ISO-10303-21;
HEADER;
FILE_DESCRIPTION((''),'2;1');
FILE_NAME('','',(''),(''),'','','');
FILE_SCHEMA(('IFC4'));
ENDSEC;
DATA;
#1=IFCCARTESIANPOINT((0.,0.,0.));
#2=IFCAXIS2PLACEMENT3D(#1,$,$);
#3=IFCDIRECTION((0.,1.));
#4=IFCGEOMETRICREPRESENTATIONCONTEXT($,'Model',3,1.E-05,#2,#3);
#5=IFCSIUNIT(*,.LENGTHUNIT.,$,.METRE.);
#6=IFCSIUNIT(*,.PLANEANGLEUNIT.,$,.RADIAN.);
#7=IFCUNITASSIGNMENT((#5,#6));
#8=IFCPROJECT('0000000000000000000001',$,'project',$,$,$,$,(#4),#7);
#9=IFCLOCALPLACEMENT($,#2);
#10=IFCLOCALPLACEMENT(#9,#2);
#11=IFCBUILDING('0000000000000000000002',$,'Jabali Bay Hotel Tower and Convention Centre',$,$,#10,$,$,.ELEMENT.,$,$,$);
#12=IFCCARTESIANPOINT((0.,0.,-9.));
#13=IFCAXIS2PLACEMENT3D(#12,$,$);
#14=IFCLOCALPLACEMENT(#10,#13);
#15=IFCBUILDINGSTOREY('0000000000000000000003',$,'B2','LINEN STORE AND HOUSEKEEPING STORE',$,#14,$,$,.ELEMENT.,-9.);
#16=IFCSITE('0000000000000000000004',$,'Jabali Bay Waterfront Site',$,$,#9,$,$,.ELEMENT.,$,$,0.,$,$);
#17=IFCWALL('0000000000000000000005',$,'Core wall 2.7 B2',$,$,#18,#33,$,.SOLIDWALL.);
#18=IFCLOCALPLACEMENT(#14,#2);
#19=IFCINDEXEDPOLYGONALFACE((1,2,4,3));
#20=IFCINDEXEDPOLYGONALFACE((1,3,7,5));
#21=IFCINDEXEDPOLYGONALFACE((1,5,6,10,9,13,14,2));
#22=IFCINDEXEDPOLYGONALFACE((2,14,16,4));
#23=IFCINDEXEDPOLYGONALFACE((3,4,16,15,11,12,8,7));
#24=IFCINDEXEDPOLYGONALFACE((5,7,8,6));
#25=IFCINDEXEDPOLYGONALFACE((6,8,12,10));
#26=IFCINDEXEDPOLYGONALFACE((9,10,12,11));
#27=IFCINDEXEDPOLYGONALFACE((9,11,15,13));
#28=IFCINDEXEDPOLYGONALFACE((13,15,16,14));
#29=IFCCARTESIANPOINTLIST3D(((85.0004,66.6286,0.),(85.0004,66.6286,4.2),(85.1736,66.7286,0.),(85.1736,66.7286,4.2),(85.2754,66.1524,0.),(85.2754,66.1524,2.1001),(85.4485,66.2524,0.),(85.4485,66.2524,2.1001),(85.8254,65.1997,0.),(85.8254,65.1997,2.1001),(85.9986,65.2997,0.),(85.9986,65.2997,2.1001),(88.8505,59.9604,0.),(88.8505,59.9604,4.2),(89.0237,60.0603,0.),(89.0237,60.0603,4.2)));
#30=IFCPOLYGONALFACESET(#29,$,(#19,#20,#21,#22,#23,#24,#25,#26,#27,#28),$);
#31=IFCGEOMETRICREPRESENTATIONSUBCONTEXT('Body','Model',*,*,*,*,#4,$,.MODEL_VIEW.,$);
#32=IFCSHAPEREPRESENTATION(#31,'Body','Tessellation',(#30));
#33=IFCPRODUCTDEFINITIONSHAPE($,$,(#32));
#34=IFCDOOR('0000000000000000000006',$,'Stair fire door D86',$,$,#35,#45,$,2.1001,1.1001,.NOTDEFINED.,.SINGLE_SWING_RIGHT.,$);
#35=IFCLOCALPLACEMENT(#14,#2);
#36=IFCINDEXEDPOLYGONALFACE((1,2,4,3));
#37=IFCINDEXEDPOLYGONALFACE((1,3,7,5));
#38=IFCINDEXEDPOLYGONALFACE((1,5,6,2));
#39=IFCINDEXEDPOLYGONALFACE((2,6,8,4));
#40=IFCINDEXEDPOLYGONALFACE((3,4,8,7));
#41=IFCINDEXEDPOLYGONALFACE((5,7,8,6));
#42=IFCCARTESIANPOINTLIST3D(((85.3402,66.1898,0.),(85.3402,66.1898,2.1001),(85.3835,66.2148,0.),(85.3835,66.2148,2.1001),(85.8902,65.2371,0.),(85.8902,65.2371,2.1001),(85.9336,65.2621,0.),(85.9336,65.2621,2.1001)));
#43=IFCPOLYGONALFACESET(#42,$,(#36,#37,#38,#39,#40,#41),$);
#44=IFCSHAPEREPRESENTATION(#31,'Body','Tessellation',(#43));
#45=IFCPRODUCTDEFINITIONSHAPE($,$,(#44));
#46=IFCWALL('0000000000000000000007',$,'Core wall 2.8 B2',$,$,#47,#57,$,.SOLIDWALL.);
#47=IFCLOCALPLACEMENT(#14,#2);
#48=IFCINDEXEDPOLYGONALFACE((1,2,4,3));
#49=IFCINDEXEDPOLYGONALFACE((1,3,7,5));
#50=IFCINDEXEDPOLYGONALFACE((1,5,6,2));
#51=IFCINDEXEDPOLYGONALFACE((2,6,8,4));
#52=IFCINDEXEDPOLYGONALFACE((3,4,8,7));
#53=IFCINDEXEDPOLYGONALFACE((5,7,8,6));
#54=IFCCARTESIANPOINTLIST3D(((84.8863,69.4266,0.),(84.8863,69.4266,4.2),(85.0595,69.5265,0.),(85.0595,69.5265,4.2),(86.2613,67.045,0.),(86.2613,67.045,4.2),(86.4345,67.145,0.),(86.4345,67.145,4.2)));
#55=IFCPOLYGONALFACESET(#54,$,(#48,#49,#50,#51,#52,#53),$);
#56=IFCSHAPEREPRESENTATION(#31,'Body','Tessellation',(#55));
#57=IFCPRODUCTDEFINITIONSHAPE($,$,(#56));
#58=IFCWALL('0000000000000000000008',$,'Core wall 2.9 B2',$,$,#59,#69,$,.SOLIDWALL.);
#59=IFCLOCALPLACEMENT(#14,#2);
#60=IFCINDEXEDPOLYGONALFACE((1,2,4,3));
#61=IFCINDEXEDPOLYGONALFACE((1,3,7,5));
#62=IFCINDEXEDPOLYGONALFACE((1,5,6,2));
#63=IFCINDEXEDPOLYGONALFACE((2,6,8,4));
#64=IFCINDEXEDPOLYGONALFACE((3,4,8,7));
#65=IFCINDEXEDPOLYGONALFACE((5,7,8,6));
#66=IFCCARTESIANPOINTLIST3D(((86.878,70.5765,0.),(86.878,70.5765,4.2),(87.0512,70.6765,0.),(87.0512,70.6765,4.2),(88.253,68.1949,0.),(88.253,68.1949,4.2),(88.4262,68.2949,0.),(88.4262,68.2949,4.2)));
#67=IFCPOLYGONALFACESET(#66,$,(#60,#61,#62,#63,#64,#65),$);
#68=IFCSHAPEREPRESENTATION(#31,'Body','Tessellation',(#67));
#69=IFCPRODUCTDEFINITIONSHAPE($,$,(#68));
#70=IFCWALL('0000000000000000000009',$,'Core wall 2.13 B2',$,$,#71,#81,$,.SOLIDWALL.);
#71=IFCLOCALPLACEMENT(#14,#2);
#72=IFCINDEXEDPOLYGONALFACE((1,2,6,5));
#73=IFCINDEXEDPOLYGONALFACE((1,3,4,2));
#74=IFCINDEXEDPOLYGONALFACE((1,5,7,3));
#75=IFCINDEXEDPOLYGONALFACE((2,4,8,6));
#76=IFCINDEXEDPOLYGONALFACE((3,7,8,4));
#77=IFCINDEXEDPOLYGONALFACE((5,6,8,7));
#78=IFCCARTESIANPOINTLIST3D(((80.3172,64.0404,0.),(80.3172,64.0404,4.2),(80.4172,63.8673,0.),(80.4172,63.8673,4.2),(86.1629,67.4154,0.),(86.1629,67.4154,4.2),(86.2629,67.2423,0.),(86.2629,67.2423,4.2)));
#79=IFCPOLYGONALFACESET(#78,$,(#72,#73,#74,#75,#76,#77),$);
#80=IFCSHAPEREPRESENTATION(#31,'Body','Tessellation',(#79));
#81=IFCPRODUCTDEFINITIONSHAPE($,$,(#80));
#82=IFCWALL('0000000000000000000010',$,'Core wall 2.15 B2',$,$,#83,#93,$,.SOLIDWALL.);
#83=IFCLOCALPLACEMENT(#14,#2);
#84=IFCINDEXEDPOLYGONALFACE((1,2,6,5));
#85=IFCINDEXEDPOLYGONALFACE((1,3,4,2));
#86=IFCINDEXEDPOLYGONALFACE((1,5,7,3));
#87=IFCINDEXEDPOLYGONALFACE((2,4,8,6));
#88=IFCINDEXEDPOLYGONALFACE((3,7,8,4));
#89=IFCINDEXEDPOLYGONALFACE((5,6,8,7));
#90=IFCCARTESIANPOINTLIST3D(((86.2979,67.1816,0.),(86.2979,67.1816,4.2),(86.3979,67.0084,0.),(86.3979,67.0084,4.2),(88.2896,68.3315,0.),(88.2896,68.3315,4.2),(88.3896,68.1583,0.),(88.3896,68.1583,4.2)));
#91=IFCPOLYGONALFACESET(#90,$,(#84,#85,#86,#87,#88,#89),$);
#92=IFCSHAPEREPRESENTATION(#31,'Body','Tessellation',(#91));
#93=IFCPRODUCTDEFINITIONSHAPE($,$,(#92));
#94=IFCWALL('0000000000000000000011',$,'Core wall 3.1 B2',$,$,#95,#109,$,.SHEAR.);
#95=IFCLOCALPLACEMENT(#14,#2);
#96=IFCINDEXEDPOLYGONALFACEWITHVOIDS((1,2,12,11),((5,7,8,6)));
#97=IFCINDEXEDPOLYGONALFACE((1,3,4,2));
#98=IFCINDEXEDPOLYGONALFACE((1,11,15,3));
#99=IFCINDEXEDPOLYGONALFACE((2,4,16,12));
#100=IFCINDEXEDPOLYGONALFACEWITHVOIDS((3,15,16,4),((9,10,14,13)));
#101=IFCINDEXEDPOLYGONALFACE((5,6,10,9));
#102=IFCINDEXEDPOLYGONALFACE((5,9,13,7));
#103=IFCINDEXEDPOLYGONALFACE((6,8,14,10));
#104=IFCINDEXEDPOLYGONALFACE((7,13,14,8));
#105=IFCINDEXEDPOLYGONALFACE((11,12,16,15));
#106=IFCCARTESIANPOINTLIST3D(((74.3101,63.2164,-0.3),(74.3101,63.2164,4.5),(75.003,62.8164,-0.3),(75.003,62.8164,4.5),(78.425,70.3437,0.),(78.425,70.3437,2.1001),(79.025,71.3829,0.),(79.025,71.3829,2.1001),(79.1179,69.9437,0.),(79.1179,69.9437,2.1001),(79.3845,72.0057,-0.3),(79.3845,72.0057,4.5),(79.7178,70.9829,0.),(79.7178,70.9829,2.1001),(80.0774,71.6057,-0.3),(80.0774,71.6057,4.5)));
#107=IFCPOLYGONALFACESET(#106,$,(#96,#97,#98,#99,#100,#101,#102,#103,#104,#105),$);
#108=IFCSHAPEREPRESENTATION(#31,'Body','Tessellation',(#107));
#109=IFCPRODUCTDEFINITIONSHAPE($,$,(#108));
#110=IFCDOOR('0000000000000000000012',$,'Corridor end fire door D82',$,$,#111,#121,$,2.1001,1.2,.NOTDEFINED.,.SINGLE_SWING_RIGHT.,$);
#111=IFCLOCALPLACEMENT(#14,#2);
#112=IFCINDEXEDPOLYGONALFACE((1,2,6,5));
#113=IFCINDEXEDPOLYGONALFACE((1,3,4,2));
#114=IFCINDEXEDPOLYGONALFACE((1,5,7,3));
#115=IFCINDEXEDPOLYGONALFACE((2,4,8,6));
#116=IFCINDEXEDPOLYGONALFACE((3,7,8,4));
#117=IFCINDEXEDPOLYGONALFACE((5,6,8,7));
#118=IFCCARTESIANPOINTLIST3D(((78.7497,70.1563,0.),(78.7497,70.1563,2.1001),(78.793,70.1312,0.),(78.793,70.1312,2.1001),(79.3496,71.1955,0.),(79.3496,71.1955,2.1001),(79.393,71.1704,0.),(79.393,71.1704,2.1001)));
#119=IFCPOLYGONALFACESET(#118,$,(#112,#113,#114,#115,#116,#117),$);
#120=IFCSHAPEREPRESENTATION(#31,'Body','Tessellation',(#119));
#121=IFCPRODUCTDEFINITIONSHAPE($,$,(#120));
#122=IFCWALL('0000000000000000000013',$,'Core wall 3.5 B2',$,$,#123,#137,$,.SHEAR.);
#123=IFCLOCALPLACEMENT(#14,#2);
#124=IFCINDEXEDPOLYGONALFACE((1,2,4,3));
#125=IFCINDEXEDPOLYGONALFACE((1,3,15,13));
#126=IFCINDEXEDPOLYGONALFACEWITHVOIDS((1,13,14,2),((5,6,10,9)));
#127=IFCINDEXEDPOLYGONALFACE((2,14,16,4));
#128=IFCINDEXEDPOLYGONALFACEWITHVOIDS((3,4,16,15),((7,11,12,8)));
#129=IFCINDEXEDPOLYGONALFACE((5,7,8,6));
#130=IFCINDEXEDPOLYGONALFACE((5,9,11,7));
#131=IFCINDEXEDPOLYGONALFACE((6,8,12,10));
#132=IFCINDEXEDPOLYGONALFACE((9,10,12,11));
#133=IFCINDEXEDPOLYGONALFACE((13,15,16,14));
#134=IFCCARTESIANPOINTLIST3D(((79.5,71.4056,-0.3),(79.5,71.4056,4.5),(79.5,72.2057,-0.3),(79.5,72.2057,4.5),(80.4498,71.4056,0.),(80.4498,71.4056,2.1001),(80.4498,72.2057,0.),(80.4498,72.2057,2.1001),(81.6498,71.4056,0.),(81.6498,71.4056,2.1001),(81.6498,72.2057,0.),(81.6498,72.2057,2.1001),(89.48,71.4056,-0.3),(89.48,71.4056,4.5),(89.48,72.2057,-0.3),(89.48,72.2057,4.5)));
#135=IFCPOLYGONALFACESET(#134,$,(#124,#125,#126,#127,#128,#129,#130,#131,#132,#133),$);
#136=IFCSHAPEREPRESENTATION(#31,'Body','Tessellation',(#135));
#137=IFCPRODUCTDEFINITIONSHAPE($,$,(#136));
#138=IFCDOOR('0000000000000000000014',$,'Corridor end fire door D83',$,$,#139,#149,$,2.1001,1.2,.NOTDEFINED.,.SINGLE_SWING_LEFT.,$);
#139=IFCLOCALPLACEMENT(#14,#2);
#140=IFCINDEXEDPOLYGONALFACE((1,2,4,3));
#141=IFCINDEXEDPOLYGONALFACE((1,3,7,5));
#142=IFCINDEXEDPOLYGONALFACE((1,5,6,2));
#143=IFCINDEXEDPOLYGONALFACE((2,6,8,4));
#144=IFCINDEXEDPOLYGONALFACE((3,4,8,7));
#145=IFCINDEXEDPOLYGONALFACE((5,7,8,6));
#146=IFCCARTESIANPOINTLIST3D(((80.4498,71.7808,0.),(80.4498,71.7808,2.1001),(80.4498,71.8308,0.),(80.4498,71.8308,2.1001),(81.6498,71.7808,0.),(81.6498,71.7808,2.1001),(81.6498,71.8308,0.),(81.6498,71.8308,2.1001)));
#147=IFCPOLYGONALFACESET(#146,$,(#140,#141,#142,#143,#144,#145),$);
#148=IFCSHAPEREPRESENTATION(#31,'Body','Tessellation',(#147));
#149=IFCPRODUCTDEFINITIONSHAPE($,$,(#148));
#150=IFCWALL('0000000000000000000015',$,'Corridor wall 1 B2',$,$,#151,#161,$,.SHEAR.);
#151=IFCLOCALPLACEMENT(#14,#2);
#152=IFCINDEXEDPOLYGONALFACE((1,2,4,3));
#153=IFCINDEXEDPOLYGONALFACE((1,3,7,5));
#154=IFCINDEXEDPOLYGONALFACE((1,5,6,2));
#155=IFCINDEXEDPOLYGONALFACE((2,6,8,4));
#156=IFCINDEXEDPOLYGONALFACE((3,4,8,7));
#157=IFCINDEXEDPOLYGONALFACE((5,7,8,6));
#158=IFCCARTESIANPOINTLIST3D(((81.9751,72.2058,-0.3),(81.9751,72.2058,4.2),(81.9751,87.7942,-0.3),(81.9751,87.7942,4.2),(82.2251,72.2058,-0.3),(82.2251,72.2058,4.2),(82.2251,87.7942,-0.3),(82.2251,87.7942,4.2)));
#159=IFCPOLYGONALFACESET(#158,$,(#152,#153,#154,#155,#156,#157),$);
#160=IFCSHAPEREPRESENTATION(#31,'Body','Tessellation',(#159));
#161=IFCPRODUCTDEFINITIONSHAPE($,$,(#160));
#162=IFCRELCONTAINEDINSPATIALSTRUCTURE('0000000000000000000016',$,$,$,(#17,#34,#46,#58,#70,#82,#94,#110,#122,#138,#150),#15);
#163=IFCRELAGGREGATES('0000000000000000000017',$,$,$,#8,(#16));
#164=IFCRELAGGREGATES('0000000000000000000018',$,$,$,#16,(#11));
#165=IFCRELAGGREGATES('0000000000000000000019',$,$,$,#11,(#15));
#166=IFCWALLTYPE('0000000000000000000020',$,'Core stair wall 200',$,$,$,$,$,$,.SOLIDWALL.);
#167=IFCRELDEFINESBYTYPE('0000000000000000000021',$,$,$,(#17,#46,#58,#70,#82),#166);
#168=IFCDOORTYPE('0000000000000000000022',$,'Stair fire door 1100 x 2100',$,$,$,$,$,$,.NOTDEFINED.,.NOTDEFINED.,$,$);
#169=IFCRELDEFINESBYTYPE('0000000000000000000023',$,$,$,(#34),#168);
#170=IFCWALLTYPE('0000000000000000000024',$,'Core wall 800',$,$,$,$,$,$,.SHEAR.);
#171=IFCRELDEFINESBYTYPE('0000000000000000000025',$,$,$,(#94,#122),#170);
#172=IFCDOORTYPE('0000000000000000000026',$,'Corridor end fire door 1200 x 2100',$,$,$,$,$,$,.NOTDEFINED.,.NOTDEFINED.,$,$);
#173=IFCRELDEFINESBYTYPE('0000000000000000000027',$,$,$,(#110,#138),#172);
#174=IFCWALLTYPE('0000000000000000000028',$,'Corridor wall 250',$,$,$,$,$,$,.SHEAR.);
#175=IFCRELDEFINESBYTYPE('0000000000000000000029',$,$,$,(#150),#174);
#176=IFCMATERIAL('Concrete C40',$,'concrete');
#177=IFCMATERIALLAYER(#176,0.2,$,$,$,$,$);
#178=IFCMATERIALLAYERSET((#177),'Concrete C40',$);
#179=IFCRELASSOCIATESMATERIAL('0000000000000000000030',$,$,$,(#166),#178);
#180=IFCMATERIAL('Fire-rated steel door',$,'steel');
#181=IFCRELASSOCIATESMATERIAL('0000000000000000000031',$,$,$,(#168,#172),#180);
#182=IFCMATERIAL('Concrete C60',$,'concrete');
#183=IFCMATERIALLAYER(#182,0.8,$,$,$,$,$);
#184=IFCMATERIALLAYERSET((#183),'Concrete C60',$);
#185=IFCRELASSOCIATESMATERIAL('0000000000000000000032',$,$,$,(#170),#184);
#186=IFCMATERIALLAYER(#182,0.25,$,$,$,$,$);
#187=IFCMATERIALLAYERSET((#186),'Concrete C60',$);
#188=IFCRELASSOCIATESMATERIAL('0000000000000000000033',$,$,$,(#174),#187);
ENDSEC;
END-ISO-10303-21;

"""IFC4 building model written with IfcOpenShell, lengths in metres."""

from ifc_helpers import new_model, si_unit, direction, frame, frame_2d, origin, place, context, subcontext, project, spatial, rectangle, extrude, material, layer, layer_set, type_object, element, fill, save


model = new_model("IFC4")

# Units and contexts
model_context = context("Model", 3, precision=1e-05, world=origin(), true_north=direction((0.0, 1.0)))
body_context = subcontext(model_context, "Body", "Model", "MODEL_VIEW")
ifc_project = project(units=[si_unit("LENGTHUNIT", "METRE"), si_unit("PLANEANGLEUNIT", "RADIAN")], contexts=[model_context])

# Site, building, storey
site_placement = place(None, origin())
site = spatial("IfcSite", under=ifc_project, at=site_placement, Name="Jabali Bay Waterfront Site", CompositionType="ELEMENT", RefElevation=0.0)
building_placement = place(site_placement, origin())
building = spatial("IfcBuilding", under=site, at=building_placement, Name="Jabali Bay Hotel Tower and Convention Centre", CompositionType="ELEMENT")
storey_placement = place(building_placement, frame((0.0, 0.0, -9.0)))
storey = spatial("IfcBuildingStorey", under=building, at=storey_placement, Name="B2", Description="LINEN STORE AND HOUSEKEEPING STORE", CompositionType="ELEMENT", Elevation=-9.0)

# Shared definitions
ifc_material_1 = material(Name="Concrete C60", Category="concrete")

# Shared definitions
ifc_material_2 = material(Name="Concrete C40", Category="concrete")
ifc_material_3 = material(Name="Fire-rated steel door", Category="steel")

# Shared definitions
ifc_layer_1 = layer(ifc_material_2, 0.2)
ifc_layer_set_1 = layer_set([ifc_layer_1], Name="Concrete C40")
wall_type_1 = type_object("IfcWallType", Name="Core stair wall 200", PredefinedType="SOLIDWALL", material=ifc_layer_set_1)

# Wall, opening, door
wall_1_placement = place(storey_placement, frame((85.0869, 66.6787, 0.0), z_axis=(0.0, 0.0, 1.0), x_axis=(0.50002, -0.866014, 0.0)))
wall_1 = element("IfcWall", 1, at=wall_1_placement, inside=storey, type_object=wall_type_1, Name="Core wall 2.7 B2", PredefinedType="SOLIDWALL", context=body_context, shape_type="SweptSolid", body=[
    extrude(rectangle(XDim=7.7, YDim=0.2, at=frame_2d((3.8501, 0.0))), origin(), (0.0, 0.0, 1.0), 4.2),
])
opening_1_placement = place(wall_1_placement, frame((0.55, 0.0, 0.0)))
opening_1 = element("IfcOpeningElement", 2, at=opening_1_placement, cuts=wall_1, PredefinedType="OPENING", context=body_context, shape_type="SweptSolid", body=[
    extrude(rectangle(XDim=1.1001, YDim=2.1001, at=frame_2d((0.55, 1.05))), frame((0.0, 0.1104, 0.0), z_axis=(0.0, -1.0, 0.0), x_axis=(1.0, 0.0, 0.0)), (0.0, 0.0, 1.0), 0.2209),
])
door_type_1 = type_object("IfcDoorType", Name="Stair fire door 1100 x 2100", OperationType="NOTDEFINED", PredefinedType="NOTDEFINED", material=ifc_material_3)
door_1_placement = place(opening_1_placement, origin())
door_1 = element("IfcDoor", 3, at=door_1_placement, inside=storey, type_object=door_type_1, Name="Stair fire door D86", OperationType="SINGLE_SWING_RIGHT", OverallHeight=2.1001, OverallWidth=1.1001, PredefinedType="NOTDEFINED", context=body_context, shape_type="SweptSolid", body=[
    extrude(rectangle(XDim=1.1001, YDim=2.1001, at=frame_2d((0.55, 1.05))), frame((0.0, 0.0249, 0.0), z_axis=(0.0, -1.0, 0.0), x_axis=(1.0, 0.0, 0.0)), (0.0, 0.0, 1.0), 0.05),
])
fill(opening_1, door_1)

# Walls
for number, where, z_axis, x_axis, name in (
    (4, (84.9729, 69.4766, 0.0), (0.0, 0.0, 1.0), (0.499997, -0.866027, 0.0), "Core wall 2.8 B2"),
    (5, (86.9646, 70.6265, 0.0), (0.0, 0.0, 1.0), (0.499997, -0.866027, 0.0), "Core wall 2.9 B2"),
):
    element("IfcWall", number, at=place(storey_placement, frame(where, z_axis=z_axis, x_axis=x_axis)), inside=storey, type_object=wall_type_1, Name=name, PredefinedType="SOLIDWALL", context=body_context, shape_type="SweptSolid", body=[
        extrude(rectangle(XDim=2.75, YDim=0.2, at=frame_2d((1.375, 0.0))), origin(), (0.0, 0.0, 1.0), 4.2),
    ])
wall_2_placement = place(storey_placement, frame((80.3672, 63.9539, 0.0), z_axis=(0.0, 0.0, 1.0), x_axis=(0.866027, 0.499998, 0.0)))
element("IfcWall", 6, at=wall_2_placement, inside=storey, type_object=wall_type_1, Name="Core wall 2.13 B2", PredefinedType="SOLIDWALL", context=body_context, shape_type="SweptSolid", body=[
    extrude(rectangle(XDim=6.75, YDim=0.2, at=frame_2d((3.375, 0.0))), origin(), (0.0, 0.0, 1.0), 4.2),
])
wall_3_placement = place(storey_placement, frame((86.3479, 67.095, 0.0), z_axis=(0.0, 0.0, 1.0), x_axis=(0.866026, 0.499998, 0.0)))
element("IfcWall", 7, at=wall_3_placement, inside=storey, type_object=wall_type_1, Name="Core wall 2.15 B2", PredefinedType="SOLIDWALL", context=body_context, shape_type="SweptSolid", body=[
    extrude(rectangle(XDim=2.2998, YDim=0.2, at=frame_2d((1.1499, 0.0))), origin(), (0.0, 0.0, 1.0), 4.2),
])

# Walls, openings, doors
ifc_layer_2 = layer(ifc_material_1, 0.8)
ifc_layer_set_2 = layer_set([ifc_layer_2], Name="Concrete C60")
wall_type_2 = type_object("IfcWallType", Name="Core wall 800", PredefinedType="SHEAR", material=ifc_layer_set_2)
wall_4_placement = place(storey_placement, frame((79.731, 71.8057, -0.3), z_axis=(0.0, 0.0, 1.0), x_axis=(-0.499997, -0.866027, 0.0)))
wall_4 = element("IfcWall", 8, at=wall_4_placement, inside=storey, type_object=wall_type_2, Name="Core wall 3.1 B2", PredefinedType="SHEAR", context=body_context, shape_type="SweptSolid", body=[
    extrude(rectangle(XDim=10.1489, YDim=0.8, at=frame_2d((5.0745, 0.0))), origin(), (0.0, 0.0, 1.0), 4.8),
])
opening_2_placement = place(wall_4_placement, frame((0.719, 0.0, 0.3)))
opening_2 = element("IfcOpeningElement", 9, at=opening_2_placement, cuts=wall_4, PredefinedType="OPENING", context=body_context, shape_type="SweptSolid", body=[
    extrude(rectangle(XDim=1.2, YDim=2.1001, at=frame_2d((0.6001, 1.05))), frame((0.0, 0.4106, 0.0), z_axis=(0.0, -1.0, 0.0), x_axis=(1.0, 0.0, 0.0)), (0.0, 0.0, 1.0), 0.821),
])
door_type_2 = type_object("IfcDoorType", Name="Corridor end fire door 1200 x 2100", OperationType="NOTDEFINED", PredefinedType="NOTDEFINED", material=ifc_material_3)
door_2_placement = place(opening_2_placement, origin())
door_2 = element("IfcDoor", 10, at=door_2_placement, inside=storey, type_object=door_type_2, Name="Corridor end fire door D82", OperationType="SINGLE_SWING_RIGHT", OverallHeight=2.1001, OverallWidth=1.2, PredefinedType="NOTDEFINED", context=body_context, shape_type="SweptSolid", body=[
    extrude(rectangle(XDim=1.2, YDim=2.1001, at=frame_2d((0.6001, 1.05))), frame((0.0, 0.0249, 0.0), z_axis=(0.0, -1.0, 0.0), x_axis=(1.0, 0.0, 0.0)), (0.0, 0.0, 1.0), 0.05),
])
fill(opening_2, door_2)
wall_5_placement = place(storey_placement, frame((89.48, 71.8057, -0.3), z_axis=(0.0, 0.0, 1.0), x_axis=(-1.0, 0.0, 0.0)))
wall_5 = element("IfcWall", 11, at=wall_5_placement, inside=storey, type_object=wall_type_2, Name="Core wall 3.5 B2", PredefinedType="SHEAR", context=body_context, shape_type="SweptSolid", body=[
    extrude(rectangle(XDim=9.98, YDim=0.8, at=frame_2d((4.99, 0.0))), origin(), (0.0, 0.0, 1.0), 4.8),
])
opening_3_placement = place(wall_5_placement, frame((7.8301, 0.0, 0.3)))
opening_3 = element("IfcOpeningElement", 12, at=opening_3_placement, cuts=wall_5, PredefinedType="OPENING", context=body_context, shape_type="SweptSolid", body=[
    extrude(rectangle(XDim=1.2, YDim=2.1001, at=frame_2d((0.6001, 1.05))), frame((0.0, 0.4106, 0.0), z_axis=(0.0, -1.0, 0.0), x_axis=(1.0, 0.0, 0.0)), (0.0, 0.0, 1.0), 0.821),
])
door_3_placement = place(opening_3_placement, origin())
door_3 = element("IfcDoor", 13, at=door_3_placement, inside=storey, type_object=door_type_2, Name="Corridor end fire door D83", OperationType="SINGLE_SWING_LEFT", OverallHeight=2.1001, OverallWidth=1.2, PredefinedType="NOTDEFINED", context=body_context, shape_type="SweptSolid", body=[
    extrude(rectangle(XDim=1.2, YDim=2.1001, at=frame_2d((0.6001, 1.05))), frame((0.0, 0.0249, 0.0), z_axis=(0.0, -1.0, 0.0), x_axis=(1.0, 0.0, 0.0)), (0.0, 0.0, 1.0), 0.05),
])
fill(opening_3, door_3)

# Wall
ifc_layer_3 = layer(ifc_material_1, 0.25)
ifc_layer_set_3 = layer_set([ifc_layer_3], Name="Concrete C60")
wall_type_3 = type_object("IfcWallType", Name="Corridor wall 250", PredefinedType="SHEAR", material=ifc_layer_set_3)
wall_6_placement = place(storey_placement, frame((82.1001, 72.2058, -0.3), z_axis=(0.0, 0.0, 1.0), x_axis=(0.0, 1.0, 0.0)))
element("IfcWall", 14, at=wall_6_placement, inside=storey, type_object=wall_type_3, Name="Corridor wall 1 B2", PredefinedType="SHEAR", context=body_context, shape_type="SweptSolid", body=[
    extrude(rectangle(XDim=15.5884, YDim=0.25, at=frame_2d((7.7942, 0.0))), origin(), (0.0, 0.0, 1.0), 4.5),
])

save(model, "model.ifc")
